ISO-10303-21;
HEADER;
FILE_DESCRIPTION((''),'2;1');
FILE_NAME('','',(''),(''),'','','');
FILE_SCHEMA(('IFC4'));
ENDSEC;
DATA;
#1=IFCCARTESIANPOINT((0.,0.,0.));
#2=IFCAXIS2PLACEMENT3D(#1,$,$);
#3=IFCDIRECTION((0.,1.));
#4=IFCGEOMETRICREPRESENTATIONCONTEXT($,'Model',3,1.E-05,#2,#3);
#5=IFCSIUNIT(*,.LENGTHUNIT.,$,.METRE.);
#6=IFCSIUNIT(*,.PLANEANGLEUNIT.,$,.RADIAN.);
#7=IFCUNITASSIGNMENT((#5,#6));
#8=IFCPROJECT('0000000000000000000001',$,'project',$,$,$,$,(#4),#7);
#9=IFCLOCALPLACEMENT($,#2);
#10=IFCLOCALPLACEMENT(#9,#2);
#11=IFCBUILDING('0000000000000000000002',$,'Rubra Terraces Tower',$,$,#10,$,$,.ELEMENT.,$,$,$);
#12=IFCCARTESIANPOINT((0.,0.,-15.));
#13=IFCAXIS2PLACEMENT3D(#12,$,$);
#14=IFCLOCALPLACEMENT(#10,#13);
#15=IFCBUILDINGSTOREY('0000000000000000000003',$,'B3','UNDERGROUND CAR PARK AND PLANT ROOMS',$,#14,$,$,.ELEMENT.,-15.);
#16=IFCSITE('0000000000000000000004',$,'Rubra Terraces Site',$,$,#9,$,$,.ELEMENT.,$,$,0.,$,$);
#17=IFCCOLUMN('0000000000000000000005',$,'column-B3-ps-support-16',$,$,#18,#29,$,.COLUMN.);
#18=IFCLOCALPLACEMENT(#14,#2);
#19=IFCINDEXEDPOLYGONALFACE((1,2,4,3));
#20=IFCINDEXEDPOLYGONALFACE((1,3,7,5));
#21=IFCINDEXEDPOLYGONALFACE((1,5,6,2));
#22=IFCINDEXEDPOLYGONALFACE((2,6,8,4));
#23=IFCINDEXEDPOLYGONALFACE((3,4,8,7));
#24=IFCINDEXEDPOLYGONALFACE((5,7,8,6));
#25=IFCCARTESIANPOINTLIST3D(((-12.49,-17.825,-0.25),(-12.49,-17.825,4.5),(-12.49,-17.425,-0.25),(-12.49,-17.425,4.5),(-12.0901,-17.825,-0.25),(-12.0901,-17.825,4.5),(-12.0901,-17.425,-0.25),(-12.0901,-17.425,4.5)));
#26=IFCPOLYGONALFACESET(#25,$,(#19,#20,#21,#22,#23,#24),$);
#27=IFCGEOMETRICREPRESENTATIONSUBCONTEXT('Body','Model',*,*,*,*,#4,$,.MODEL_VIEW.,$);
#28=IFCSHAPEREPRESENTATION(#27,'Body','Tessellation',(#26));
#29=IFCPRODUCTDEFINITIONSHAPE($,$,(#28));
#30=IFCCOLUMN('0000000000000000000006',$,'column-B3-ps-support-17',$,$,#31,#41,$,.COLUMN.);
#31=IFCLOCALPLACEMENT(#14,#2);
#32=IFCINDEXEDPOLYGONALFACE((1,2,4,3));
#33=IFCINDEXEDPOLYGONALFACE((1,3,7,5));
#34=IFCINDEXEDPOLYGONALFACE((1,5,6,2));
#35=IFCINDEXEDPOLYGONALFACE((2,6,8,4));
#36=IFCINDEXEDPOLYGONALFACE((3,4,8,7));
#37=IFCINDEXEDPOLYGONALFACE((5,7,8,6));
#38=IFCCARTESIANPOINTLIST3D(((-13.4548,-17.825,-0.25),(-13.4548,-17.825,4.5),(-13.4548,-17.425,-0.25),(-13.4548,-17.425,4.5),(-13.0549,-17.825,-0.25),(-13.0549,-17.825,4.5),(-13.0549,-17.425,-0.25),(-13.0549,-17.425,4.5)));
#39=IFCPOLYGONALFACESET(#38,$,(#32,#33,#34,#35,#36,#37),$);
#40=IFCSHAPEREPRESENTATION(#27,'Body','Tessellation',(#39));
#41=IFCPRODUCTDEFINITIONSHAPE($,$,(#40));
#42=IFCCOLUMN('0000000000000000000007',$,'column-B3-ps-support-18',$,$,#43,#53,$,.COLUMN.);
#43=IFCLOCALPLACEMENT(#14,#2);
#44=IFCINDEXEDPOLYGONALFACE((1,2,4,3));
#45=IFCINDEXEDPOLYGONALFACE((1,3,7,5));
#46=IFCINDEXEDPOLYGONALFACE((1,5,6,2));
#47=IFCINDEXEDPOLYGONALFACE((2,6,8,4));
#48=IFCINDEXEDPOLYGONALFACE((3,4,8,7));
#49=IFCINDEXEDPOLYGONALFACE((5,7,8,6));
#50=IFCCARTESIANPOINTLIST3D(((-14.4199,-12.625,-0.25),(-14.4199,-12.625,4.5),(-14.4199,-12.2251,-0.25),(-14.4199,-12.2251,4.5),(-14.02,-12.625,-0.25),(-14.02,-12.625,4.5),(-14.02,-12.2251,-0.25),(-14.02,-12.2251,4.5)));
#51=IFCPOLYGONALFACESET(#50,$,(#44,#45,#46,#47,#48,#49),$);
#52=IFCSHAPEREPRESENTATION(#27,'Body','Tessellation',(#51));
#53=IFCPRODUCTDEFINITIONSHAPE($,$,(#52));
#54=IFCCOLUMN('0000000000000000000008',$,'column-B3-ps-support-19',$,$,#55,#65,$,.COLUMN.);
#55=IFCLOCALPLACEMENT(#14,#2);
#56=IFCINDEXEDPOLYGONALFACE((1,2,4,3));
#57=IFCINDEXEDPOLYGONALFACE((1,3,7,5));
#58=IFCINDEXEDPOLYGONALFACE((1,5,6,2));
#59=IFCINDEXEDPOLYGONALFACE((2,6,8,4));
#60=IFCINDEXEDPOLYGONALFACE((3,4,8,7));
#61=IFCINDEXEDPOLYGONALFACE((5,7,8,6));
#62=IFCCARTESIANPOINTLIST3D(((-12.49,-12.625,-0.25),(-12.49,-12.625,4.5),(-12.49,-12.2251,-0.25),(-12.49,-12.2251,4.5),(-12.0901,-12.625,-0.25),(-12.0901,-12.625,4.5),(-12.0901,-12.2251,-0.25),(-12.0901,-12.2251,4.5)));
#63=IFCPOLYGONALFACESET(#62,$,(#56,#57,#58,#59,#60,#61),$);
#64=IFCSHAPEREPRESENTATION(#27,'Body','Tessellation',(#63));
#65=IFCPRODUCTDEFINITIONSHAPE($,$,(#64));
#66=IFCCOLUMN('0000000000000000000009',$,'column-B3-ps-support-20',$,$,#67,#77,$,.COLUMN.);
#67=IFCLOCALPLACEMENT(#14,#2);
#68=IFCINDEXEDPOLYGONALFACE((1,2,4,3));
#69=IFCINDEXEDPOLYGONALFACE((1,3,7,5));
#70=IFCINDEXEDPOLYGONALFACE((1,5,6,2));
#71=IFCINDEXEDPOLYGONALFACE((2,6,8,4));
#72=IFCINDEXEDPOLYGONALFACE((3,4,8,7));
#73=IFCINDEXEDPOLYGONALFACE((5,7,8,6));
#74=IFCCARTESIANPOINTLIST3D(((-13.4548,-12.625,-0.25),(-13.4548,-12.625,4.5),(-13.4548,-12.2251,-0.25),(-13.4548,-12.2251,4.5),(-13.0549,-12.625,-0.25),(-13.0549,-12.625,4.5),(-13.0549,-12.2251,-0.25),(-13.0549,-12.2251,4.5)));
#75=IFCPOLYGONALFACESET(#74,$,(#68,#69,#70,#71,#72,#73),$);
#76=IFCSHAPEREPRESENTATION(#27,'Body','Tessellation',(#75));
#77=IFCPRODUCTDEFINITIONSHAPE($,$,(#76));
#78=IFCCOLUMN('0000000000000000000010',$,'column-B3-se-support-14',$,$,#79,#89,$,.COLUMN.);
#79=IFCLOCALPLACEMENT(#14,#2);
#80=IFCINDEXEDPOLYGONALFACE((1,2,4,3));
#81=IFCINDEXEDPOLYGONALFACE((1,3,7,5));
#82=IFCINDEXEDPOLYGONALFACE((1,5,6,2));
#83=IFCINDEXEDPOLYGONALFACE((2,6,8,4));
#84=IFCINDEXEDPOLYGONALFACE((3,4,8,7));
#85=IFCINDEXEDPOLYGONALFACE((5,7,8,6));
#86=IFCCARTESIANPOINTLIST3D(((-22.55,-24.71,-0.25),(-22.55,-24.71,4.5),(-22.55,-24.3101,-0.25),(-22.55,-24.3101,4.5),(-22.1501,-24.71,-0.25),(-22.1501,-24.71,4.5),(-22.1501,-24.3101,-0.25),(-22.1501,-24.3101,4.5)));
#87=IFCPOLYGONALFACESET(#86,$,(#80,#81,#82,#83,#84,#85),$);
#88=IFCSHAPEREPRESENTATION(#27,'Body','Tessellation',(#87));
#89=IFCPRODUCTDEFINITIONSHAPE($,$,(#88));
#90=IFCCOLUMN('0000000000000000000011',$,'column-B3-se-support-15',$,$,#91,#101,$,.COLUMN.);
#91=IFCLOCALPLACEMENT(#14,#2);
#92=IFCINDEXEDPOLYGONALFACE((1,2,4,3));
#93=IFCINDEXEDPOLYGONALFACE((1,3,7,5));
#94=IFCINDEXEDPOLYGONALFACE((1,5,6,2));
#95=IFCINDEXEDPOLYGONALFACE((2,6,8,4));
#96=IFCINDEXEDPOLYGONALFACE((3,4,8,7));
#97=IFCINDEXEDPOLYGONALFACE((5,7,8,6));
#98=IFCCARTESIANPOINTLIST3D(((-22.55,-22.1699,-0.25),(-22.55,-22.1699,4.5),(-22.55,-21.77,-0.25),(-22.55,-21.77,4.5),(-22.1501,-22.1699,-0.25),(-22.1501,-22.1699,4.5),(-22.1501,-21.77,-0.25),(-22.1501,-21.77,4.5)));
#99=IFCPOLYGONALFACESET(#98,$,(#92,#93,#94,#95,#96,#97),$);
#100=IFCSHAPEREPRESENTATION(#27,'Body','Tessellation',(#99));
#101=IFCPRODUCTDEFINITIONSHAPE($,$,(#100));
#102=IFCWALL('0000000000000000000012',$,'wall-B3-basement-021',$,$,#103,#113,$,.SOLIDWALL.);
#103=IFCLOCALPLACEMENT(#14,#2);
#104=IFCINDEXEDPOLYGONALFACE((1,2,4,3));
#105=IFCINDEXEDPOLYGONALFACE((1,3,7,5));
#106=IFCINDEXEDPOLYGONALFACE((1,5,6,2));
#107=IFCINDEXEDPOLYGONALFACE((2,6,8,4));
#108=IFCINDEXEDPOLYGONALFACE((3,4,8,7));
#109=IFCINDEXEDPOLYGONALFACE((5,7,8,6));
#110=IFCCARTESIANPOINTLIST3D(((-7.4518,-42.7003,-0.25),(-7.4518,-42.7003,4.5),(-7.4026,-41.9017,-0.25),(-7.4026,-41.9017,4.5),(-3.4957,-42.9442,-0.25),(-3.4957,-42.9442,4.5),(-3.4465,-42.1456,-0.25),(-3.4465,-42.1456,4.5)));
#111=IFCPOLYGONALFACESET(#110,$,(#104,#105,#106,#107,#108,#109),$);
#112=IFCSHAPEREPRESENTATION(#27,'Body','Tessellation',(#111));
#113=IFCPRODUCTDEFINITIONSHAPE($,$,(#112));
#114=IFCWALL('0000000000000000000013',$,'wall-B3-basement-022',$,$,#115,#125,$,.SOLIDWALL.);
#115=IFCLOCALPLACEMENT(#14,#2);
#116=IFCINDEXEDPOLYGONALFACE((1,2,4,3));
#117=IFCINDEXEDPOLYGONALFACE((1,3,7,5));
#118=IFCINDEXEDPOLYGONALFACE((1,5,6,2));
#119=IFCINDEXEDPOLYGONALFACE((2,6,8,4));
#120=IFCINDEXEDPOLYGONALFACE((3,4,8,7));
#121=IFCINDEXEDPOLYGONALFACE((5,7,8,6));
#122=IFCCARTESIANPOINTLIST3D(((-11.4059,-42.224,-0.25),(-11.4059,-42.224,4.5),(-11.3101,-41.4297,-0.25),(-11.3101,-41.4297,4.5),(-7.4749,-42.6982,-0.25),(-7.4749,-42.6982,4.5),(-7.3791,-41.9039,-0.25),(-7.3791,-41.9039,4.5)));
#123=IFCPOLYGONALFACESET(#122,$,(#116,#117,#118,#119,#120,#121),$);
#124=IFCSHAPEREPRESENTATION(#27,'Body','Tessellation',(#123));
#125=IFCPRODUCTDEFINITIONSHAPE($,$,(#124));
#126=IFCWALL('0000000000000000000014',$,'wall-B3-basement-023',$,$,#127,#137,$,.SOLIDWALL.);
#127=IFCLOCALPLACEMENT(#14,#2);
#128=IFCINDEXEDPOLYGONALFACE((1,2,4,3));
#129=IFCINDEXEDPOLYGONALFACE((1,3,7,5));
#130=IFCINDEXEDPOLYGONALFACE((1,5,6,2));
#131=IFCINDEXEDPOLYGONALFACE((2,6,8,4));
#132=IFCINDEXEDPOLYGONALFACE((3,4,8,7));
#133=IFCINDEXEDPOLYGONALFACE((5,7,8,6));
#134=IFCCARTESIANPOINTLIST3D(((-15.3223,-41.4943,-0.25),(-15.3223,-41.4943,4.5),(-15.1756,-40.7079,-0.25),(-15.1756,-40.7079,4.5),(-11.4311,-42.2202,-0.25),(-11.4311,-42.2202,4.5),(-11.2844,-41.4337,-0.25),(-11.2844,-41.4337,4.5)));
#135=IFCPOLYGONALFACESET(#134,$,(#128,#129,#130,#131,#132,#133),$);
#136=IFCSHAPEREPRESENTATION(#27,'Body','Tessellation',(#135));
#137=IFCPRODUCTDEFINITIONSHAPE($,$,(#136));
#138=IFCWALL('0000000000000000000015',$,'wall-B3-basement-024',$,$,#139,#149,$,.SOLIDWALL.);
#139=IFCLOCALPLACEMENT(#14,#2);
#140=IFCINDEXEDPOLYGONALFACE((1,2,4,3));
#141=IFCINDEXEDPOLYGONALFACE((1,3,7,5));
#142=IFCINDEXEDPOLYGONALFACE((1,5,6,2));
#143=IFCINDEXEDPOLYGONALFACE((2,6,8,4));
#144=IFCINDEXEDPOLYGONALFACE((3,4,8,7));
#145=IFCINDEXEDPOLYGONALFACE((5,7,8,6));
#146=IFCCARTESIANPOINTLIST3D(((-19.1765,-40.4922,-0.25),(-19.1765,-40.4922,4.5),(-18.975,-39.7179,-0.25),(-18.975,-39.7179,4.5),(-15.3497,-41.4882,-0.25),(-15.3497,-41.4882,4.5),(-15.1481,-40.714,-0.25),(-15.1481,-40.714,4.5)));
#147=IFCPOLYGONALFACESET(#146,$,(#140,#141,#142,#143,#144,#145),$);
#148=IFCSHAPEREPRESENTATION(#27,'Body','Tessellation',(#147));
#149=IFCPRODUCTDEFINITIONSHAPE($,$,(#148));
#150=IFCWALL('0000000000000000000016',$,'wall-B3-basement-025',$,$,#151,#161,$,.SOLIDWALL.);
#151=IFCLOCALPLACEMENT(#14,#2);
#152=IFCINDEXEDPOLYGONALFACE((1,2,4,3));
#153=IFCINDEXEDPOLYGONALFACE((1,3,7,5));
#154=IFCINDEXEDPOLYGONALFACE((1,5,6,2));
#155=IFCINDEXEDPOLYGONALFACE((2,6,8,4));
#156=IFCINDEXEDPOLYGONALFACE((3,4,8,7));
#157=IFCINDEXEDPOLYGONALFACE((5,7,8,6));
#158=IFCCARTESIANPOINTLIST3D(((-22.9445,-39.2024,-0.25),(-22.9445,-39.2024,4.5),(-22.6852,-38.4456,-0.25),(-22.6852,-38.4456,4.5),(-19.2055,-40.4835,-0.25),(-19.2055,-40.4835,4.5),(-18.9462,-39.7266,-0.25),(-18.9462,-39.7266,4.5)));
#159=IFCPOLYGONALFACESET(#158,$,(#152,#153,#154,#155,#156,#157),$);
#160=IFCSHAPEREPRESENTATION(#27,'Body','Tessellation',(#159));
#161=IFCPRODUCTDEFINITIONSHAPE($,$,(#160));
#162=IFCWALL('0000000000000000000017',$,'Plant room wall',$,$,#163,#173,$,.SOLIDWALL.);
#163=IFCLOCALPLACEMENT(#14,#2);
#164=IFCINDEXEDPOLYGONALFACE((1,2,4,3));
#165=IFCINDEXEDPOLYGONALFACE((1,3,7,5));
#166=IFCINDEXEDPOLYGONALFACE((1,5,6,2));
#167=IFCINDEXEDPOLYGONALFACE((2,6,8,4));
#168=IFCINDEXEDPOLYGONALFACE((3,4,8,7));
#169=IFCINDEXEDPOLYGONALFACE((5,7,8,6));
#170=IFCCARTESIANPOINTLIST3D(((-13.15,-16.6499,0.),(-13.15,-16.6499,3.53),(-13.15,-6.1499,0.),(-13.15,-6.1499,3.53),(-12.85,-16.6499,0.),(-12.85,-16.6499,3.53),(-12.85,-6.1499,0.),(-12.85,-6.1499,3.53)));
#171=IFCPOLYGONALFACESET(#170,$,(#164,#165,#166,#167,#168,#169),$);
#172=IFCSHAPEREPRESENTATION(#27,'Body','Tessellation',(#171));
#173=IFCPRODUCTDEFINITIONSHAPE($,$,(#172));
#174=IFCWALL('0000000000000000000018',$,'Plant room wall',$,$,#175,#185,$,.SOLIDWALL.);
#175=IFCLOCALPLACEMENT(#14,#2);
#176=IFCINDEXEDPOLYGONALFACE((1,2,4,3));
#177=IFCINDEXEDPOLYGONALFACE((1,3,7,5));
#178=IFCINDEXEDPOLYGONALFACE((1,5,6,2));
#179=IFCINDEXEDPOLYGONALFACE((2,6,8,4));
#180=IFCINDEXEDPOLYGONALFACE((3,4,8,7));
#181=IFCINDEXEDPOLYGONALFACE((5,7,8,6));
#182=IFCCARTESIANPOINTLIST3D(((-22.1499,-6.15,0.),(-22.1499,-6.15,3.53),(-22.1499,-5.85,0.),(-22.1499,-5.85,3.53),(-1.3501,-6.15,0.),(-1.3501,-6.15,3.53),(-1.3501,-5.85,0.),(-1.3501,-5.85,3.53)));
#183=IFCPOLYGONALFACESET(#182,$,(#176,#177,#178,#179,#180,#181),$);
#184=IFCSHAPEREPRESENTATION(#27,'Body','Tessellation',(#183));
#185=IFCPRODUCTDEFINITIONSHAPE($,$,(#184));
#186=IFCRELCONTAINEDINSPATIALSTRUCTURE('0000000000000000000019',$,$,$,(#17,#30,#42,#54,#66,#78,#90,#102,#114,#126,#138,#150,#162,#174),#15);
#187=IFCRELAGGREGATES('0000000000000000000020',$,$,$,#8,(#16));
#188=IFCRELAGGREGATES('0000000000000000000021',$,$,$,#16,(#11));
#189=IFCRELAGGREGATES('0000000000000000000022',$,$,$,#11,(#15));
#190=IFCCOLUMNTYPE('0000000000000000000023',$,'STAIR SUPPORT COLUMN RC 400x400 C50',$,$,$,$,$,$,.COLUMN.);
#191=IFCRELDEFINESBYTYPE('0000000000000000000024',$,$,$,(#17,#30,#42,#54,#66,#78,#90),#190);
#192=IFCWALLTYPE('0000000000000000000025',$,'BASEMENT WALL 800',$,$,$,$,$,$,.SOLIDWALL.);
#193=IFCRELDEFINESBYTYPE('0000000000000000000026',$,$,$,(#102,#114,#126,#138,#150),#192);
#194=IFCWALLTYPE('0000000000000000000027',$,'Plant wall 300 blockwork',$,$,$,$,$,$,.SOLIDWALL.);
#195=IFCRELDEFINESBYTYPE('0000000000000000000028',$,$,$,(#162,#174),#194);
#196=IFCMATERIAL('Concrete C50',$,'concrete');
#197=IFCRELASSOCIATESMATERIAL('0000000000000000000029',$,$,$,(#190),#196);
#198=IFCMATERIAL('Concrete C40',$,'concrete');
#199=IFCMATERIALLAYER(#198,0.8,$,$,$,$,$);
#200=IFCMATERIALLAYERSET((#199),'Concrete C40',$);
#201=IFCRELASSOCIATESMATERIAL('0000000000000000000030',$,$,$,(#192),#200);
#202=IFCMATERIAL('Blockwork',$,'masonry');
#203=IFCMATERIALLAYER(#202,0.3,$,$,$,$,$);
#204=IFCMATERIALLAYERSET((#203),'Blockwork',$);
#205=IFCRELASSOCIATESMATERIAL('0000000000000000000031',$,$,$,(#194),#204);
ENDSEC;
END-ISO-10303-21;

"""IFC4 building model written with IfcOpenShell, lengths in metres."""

from ifc_helpers import new_model, si_unit, direction, frame, frame_2d, origin, origin_2d, place, context, subcontext, project, spatial, rectangle, extrude, material, layer, layer_set, material_profile, profile_set, type_object, element, save


model = new_model("IFC4")

# Units and contexts
model_context = context("Model", 3, precision=1e-05, world=origin(), true_north=direction((0.0, 1.0)))
body_context = subcontext(model_context, "Body", "Model", "MODEL_VIEW")
ifc_project = project(units=[si_unit("LENGTHUNIT", "METRE"), si_unit("PLANEANGLEUNIT", "RADIAN")], contexts=[model_context])

# Site, building, storey
site_placement = place(None, origin())
site = spatial("IfcSite", under=ifc_project, at=site_placement, Name="Rubra Terraces Site", CompositionType="ELEMENT", RefElevation=0.0)
building_placement = place(site_placement, origin())
building = spatial("IfcBuilding", under=site, at=building_placement, Name="Rubra Terraces Tower", CompositionType="ELEMENT")
storey_placement = place(building_placement, frame((0.0, 0.0, -15.0)))
storey = spatial("IfcBuildingStorey", under=building, at=storey_placement, Name="B3", Description="UNDERGROUND CAR PARK AND PLANT ROOMS", CompositionType="ELEMENT", Elevation=-15.0)

# Shared definitions
ifc_material_1 = material(Name="Concrete C40", Category="concrete")

# Columns
ifc_material_2 = material(Name="Concrete C50", Category="concrete")
ifc_material_profile_1 = material_profile(ifc_material_2, rectangle(XDim=0.3999, YDim=0.3999, at=origin_2d()), Name="RC 400x400")
ifc_profile_set_1 = profile_set([ifc_material_profile_1], Name="Concrete C50")
column_type_1 = type_object("IfcColumnType", Name="STAIR SUPPORT COLUMN RC 400x400 C50", PredefinedType="COLUMN", material=ifc_profile_set_1)
for number, where, z_axis, x_axis, name in (
    (1, (-12.29, -17.625, -0.25), (0.0, 0.0, 1.0), (1.0, 0.0, 0.0), "column-B3-ps-support-16"),
    (2, (-13.2549, -17.625, -0.25), (0.0, 0.0, 1.0), (1.0, 0.0, 0.0), "column-B3-ps-support-17"),
    (3, (-14.22, -12.425, -0.25), (0.0, 0.0, 1.0), (1.0, 0.0, 0.0), "column-B3-ps-support-18"),
    (4, (-12.29, -12.425, -0.25), (0.0, 0.0, 1.0), (1.0, 0.0, 0.0), "column-B3-ps-support-19"),
    (5, (-13.2549, -12.425, -0.25), (0.0, 0.0, 1.0), (1.0, 0.0, 0.0), "column-B3-ps-support-20"),
    (6, (-22.3501, -24.51, -0.25), (0.0, 0.0, 1.0), (1.0, 0.0, 0.0), "column-B3-se-support-14"),
    (7, (-22.3501, -21.97, -0.25), (0.0, 0.0, 1.0), (1.0, 0.0, 0.0), "column-B3-se-support-15"),
):
    element("IfcColumn", number, at=place(storey_placement, frame(where, z_axis=z_axis, x_axis=x_axis)), inside=storey, type_object=column_type_1, Name=name, PredefinedType="COLUMN", context=body_context, shape_type="SweptSolid", body=[
        extrude(rectangle(XDim=0.3999, YDim=0.3999, at=origin_2d()), origin(), (0.0, 0.0, 1.0), 4.75),
    ])

# Walls
ifc_layer_1 = layer(ifc_material_1, 0.8)
ifc_layer_set_1 = layer_set([ifc_layer_1], Name="Concrete C40")
wall_type_1 = type_object("IfcWallType", Name="BASEMENT WALL 800", PredefinedType="SOLIDWALL", material=ifc_layer_set_1)
wall_1_placement = place(storey_placement, frame((-3.4709, -42.5449, -0.25), z_axis=(0.0, 0.0, 1.0), x_axis=(-0.998105, 0.061535, 0.0)))
element("IfcWall", 8, at=wall_1_placement, inside=storey, type_object=wall_type_1, Name="wall-B3-basement-021", PredefinedType="SOLIDWALL", context=body_context, shape_type="SweptSolid", body=[
    extrude(rectangle(XDim=3.9636, YDim=0.8, at=frame_2d((1.9819, 0.0))), origin(), (0.0, 0.0, 1.0), 4.75),
])
wall_2_placement = place(storey_placement, frame((-7.427, -42.301, -0.25), z_axis=(0.0, 0.0, 1.0), x_axis=(-0.992805, 0.119746, 0.0)))
element("IfcWall", 9, at=wall_2_placement, inside=storey, type_object=wall_type_1, Name="wall-B3-basement-022", PredefinedType="SOLIDWALL", context=body_context, shape_type="SweptSolid", body=[
    extrude(rectangle(XDim=3.9595, YDim=0.8, at=frame_2d((1.9797, 0.0))), origin(), (0.0, 0.0, 1.0), 4.75),
])
wall_3_placement = place(storey_placement, frame((-11.3579, -41.8269, -0.25), z_axis=(0.0, 0.0, 1.0), x_axis=(-0.983044, 0.183372, 0.0)))
element("IfcWall", 10, at=wall_3_placement, inside=storey, type_object=wall_type_1, Name="wall-B3-basement-023", PredefinedType="SOLIDWALL", context=body_context, shape_type="SweptSolid", body=[
    extrude(rectangle(XDim=3.9583, YDim=0.8, at=frame_2d((1.979, 0.0))), origin(), (0.0, 0.0, 1.0), 4.75),
])
wall_4_placement = place(storey_placement, frame((-15.249, -41.1011, -0.25), z_axis=(0.0, 0.0, 1.0), x_axis=(-0.967755, 0.251894, 0.0)))
element("IfcWall", 11, at=wall_4_placement, inside=storey, type_object=wall_type_1, Name="wall-B3-basement-024", PredefinedType="SOLIDWALL", context=body_context, shape_type="SweptSolid", body=[
    extrude(rectangle(XDim=3.9543, YDim=0.8, at=frame_2d((1.9771, 0.0))), origin(), (0.0, 0.0, 1.0), 4.75),
])
wall_5_placement = place(storey_placement, frame((-19.0759, -40.105, -0.25), z_axis=(0.0, 0.0, 1.0), x_axis=(-0.946019, 0.324111, 0.0)))
element("IfcWall", 12, at=wall_5_placement, inside=storey, type_object=wall_type_1, Name="wall-B3-basement-025", PredefinedType="SOLIDWALL", context=body_context, shape_type="SweptSolid", body=[
    extrude(rectangle(XDim=3.9524, YDim=0.8, at=frame_2d((1.9761, 0.0))), origin(), (0.0, 0.0, 1.0), 4.75),
])
ifc_material_3 = material(Name="Blockwork", Category="masonry")
ifc_layer_2 = layer(ifc_material_3, 0.3)
ifc_layer_set_2 = layer_set([ifc_layer_2], Name="Blockwork")
wall_type_2 = type_object("IfcWallType", Name="Plant wall 300 blockwork", PredefinedType="SOLIDWALL", material=ifc_layer_set_2)
wall_6_placement = place(storey_placement, frame((-13.0, -16.6499, 0.0), z_axis=(0.0, 0.0, 1.0), x_axis=(0.0, 1.0, 0.0)))
element("IfcWall", 13, at=wall_6_placement, inside=storey, type_object=wall_type_2, Name="Plant room wall", PredefinedType="SOLIDWALL", context=body_context, shape_type="SweptSolid", body=[
    extrude(rectangle(XDim=10.5, YDim=0.3, at=frame_2d((5.25, 0.0))), origin(), (0.0, 0.0, 1.0), 3.53),
])
wall_7_placement = place(storey_placement, frame((-1.3501, -6.0, 0.0), z_axis=(0.0, 0.0, 1.0), x_axis=(-1.0, 0.0, 0.0)))
element("IfcWall", 14, at=wall_7_placement, inside=storey, type_object=wall_type_2, Name="Plant room wall", PredefinedType="SOLIDWALL", context=body_context, shape_type="SweptSolid", body=[
    extrude(rectangle(XDim=20.7998, YDim=0.3, at=frame_2d((10.3999, 0.0))), origin(), (0.0, 0.0, 1.0), 3.53),
])

save(model, "model.ifc")
